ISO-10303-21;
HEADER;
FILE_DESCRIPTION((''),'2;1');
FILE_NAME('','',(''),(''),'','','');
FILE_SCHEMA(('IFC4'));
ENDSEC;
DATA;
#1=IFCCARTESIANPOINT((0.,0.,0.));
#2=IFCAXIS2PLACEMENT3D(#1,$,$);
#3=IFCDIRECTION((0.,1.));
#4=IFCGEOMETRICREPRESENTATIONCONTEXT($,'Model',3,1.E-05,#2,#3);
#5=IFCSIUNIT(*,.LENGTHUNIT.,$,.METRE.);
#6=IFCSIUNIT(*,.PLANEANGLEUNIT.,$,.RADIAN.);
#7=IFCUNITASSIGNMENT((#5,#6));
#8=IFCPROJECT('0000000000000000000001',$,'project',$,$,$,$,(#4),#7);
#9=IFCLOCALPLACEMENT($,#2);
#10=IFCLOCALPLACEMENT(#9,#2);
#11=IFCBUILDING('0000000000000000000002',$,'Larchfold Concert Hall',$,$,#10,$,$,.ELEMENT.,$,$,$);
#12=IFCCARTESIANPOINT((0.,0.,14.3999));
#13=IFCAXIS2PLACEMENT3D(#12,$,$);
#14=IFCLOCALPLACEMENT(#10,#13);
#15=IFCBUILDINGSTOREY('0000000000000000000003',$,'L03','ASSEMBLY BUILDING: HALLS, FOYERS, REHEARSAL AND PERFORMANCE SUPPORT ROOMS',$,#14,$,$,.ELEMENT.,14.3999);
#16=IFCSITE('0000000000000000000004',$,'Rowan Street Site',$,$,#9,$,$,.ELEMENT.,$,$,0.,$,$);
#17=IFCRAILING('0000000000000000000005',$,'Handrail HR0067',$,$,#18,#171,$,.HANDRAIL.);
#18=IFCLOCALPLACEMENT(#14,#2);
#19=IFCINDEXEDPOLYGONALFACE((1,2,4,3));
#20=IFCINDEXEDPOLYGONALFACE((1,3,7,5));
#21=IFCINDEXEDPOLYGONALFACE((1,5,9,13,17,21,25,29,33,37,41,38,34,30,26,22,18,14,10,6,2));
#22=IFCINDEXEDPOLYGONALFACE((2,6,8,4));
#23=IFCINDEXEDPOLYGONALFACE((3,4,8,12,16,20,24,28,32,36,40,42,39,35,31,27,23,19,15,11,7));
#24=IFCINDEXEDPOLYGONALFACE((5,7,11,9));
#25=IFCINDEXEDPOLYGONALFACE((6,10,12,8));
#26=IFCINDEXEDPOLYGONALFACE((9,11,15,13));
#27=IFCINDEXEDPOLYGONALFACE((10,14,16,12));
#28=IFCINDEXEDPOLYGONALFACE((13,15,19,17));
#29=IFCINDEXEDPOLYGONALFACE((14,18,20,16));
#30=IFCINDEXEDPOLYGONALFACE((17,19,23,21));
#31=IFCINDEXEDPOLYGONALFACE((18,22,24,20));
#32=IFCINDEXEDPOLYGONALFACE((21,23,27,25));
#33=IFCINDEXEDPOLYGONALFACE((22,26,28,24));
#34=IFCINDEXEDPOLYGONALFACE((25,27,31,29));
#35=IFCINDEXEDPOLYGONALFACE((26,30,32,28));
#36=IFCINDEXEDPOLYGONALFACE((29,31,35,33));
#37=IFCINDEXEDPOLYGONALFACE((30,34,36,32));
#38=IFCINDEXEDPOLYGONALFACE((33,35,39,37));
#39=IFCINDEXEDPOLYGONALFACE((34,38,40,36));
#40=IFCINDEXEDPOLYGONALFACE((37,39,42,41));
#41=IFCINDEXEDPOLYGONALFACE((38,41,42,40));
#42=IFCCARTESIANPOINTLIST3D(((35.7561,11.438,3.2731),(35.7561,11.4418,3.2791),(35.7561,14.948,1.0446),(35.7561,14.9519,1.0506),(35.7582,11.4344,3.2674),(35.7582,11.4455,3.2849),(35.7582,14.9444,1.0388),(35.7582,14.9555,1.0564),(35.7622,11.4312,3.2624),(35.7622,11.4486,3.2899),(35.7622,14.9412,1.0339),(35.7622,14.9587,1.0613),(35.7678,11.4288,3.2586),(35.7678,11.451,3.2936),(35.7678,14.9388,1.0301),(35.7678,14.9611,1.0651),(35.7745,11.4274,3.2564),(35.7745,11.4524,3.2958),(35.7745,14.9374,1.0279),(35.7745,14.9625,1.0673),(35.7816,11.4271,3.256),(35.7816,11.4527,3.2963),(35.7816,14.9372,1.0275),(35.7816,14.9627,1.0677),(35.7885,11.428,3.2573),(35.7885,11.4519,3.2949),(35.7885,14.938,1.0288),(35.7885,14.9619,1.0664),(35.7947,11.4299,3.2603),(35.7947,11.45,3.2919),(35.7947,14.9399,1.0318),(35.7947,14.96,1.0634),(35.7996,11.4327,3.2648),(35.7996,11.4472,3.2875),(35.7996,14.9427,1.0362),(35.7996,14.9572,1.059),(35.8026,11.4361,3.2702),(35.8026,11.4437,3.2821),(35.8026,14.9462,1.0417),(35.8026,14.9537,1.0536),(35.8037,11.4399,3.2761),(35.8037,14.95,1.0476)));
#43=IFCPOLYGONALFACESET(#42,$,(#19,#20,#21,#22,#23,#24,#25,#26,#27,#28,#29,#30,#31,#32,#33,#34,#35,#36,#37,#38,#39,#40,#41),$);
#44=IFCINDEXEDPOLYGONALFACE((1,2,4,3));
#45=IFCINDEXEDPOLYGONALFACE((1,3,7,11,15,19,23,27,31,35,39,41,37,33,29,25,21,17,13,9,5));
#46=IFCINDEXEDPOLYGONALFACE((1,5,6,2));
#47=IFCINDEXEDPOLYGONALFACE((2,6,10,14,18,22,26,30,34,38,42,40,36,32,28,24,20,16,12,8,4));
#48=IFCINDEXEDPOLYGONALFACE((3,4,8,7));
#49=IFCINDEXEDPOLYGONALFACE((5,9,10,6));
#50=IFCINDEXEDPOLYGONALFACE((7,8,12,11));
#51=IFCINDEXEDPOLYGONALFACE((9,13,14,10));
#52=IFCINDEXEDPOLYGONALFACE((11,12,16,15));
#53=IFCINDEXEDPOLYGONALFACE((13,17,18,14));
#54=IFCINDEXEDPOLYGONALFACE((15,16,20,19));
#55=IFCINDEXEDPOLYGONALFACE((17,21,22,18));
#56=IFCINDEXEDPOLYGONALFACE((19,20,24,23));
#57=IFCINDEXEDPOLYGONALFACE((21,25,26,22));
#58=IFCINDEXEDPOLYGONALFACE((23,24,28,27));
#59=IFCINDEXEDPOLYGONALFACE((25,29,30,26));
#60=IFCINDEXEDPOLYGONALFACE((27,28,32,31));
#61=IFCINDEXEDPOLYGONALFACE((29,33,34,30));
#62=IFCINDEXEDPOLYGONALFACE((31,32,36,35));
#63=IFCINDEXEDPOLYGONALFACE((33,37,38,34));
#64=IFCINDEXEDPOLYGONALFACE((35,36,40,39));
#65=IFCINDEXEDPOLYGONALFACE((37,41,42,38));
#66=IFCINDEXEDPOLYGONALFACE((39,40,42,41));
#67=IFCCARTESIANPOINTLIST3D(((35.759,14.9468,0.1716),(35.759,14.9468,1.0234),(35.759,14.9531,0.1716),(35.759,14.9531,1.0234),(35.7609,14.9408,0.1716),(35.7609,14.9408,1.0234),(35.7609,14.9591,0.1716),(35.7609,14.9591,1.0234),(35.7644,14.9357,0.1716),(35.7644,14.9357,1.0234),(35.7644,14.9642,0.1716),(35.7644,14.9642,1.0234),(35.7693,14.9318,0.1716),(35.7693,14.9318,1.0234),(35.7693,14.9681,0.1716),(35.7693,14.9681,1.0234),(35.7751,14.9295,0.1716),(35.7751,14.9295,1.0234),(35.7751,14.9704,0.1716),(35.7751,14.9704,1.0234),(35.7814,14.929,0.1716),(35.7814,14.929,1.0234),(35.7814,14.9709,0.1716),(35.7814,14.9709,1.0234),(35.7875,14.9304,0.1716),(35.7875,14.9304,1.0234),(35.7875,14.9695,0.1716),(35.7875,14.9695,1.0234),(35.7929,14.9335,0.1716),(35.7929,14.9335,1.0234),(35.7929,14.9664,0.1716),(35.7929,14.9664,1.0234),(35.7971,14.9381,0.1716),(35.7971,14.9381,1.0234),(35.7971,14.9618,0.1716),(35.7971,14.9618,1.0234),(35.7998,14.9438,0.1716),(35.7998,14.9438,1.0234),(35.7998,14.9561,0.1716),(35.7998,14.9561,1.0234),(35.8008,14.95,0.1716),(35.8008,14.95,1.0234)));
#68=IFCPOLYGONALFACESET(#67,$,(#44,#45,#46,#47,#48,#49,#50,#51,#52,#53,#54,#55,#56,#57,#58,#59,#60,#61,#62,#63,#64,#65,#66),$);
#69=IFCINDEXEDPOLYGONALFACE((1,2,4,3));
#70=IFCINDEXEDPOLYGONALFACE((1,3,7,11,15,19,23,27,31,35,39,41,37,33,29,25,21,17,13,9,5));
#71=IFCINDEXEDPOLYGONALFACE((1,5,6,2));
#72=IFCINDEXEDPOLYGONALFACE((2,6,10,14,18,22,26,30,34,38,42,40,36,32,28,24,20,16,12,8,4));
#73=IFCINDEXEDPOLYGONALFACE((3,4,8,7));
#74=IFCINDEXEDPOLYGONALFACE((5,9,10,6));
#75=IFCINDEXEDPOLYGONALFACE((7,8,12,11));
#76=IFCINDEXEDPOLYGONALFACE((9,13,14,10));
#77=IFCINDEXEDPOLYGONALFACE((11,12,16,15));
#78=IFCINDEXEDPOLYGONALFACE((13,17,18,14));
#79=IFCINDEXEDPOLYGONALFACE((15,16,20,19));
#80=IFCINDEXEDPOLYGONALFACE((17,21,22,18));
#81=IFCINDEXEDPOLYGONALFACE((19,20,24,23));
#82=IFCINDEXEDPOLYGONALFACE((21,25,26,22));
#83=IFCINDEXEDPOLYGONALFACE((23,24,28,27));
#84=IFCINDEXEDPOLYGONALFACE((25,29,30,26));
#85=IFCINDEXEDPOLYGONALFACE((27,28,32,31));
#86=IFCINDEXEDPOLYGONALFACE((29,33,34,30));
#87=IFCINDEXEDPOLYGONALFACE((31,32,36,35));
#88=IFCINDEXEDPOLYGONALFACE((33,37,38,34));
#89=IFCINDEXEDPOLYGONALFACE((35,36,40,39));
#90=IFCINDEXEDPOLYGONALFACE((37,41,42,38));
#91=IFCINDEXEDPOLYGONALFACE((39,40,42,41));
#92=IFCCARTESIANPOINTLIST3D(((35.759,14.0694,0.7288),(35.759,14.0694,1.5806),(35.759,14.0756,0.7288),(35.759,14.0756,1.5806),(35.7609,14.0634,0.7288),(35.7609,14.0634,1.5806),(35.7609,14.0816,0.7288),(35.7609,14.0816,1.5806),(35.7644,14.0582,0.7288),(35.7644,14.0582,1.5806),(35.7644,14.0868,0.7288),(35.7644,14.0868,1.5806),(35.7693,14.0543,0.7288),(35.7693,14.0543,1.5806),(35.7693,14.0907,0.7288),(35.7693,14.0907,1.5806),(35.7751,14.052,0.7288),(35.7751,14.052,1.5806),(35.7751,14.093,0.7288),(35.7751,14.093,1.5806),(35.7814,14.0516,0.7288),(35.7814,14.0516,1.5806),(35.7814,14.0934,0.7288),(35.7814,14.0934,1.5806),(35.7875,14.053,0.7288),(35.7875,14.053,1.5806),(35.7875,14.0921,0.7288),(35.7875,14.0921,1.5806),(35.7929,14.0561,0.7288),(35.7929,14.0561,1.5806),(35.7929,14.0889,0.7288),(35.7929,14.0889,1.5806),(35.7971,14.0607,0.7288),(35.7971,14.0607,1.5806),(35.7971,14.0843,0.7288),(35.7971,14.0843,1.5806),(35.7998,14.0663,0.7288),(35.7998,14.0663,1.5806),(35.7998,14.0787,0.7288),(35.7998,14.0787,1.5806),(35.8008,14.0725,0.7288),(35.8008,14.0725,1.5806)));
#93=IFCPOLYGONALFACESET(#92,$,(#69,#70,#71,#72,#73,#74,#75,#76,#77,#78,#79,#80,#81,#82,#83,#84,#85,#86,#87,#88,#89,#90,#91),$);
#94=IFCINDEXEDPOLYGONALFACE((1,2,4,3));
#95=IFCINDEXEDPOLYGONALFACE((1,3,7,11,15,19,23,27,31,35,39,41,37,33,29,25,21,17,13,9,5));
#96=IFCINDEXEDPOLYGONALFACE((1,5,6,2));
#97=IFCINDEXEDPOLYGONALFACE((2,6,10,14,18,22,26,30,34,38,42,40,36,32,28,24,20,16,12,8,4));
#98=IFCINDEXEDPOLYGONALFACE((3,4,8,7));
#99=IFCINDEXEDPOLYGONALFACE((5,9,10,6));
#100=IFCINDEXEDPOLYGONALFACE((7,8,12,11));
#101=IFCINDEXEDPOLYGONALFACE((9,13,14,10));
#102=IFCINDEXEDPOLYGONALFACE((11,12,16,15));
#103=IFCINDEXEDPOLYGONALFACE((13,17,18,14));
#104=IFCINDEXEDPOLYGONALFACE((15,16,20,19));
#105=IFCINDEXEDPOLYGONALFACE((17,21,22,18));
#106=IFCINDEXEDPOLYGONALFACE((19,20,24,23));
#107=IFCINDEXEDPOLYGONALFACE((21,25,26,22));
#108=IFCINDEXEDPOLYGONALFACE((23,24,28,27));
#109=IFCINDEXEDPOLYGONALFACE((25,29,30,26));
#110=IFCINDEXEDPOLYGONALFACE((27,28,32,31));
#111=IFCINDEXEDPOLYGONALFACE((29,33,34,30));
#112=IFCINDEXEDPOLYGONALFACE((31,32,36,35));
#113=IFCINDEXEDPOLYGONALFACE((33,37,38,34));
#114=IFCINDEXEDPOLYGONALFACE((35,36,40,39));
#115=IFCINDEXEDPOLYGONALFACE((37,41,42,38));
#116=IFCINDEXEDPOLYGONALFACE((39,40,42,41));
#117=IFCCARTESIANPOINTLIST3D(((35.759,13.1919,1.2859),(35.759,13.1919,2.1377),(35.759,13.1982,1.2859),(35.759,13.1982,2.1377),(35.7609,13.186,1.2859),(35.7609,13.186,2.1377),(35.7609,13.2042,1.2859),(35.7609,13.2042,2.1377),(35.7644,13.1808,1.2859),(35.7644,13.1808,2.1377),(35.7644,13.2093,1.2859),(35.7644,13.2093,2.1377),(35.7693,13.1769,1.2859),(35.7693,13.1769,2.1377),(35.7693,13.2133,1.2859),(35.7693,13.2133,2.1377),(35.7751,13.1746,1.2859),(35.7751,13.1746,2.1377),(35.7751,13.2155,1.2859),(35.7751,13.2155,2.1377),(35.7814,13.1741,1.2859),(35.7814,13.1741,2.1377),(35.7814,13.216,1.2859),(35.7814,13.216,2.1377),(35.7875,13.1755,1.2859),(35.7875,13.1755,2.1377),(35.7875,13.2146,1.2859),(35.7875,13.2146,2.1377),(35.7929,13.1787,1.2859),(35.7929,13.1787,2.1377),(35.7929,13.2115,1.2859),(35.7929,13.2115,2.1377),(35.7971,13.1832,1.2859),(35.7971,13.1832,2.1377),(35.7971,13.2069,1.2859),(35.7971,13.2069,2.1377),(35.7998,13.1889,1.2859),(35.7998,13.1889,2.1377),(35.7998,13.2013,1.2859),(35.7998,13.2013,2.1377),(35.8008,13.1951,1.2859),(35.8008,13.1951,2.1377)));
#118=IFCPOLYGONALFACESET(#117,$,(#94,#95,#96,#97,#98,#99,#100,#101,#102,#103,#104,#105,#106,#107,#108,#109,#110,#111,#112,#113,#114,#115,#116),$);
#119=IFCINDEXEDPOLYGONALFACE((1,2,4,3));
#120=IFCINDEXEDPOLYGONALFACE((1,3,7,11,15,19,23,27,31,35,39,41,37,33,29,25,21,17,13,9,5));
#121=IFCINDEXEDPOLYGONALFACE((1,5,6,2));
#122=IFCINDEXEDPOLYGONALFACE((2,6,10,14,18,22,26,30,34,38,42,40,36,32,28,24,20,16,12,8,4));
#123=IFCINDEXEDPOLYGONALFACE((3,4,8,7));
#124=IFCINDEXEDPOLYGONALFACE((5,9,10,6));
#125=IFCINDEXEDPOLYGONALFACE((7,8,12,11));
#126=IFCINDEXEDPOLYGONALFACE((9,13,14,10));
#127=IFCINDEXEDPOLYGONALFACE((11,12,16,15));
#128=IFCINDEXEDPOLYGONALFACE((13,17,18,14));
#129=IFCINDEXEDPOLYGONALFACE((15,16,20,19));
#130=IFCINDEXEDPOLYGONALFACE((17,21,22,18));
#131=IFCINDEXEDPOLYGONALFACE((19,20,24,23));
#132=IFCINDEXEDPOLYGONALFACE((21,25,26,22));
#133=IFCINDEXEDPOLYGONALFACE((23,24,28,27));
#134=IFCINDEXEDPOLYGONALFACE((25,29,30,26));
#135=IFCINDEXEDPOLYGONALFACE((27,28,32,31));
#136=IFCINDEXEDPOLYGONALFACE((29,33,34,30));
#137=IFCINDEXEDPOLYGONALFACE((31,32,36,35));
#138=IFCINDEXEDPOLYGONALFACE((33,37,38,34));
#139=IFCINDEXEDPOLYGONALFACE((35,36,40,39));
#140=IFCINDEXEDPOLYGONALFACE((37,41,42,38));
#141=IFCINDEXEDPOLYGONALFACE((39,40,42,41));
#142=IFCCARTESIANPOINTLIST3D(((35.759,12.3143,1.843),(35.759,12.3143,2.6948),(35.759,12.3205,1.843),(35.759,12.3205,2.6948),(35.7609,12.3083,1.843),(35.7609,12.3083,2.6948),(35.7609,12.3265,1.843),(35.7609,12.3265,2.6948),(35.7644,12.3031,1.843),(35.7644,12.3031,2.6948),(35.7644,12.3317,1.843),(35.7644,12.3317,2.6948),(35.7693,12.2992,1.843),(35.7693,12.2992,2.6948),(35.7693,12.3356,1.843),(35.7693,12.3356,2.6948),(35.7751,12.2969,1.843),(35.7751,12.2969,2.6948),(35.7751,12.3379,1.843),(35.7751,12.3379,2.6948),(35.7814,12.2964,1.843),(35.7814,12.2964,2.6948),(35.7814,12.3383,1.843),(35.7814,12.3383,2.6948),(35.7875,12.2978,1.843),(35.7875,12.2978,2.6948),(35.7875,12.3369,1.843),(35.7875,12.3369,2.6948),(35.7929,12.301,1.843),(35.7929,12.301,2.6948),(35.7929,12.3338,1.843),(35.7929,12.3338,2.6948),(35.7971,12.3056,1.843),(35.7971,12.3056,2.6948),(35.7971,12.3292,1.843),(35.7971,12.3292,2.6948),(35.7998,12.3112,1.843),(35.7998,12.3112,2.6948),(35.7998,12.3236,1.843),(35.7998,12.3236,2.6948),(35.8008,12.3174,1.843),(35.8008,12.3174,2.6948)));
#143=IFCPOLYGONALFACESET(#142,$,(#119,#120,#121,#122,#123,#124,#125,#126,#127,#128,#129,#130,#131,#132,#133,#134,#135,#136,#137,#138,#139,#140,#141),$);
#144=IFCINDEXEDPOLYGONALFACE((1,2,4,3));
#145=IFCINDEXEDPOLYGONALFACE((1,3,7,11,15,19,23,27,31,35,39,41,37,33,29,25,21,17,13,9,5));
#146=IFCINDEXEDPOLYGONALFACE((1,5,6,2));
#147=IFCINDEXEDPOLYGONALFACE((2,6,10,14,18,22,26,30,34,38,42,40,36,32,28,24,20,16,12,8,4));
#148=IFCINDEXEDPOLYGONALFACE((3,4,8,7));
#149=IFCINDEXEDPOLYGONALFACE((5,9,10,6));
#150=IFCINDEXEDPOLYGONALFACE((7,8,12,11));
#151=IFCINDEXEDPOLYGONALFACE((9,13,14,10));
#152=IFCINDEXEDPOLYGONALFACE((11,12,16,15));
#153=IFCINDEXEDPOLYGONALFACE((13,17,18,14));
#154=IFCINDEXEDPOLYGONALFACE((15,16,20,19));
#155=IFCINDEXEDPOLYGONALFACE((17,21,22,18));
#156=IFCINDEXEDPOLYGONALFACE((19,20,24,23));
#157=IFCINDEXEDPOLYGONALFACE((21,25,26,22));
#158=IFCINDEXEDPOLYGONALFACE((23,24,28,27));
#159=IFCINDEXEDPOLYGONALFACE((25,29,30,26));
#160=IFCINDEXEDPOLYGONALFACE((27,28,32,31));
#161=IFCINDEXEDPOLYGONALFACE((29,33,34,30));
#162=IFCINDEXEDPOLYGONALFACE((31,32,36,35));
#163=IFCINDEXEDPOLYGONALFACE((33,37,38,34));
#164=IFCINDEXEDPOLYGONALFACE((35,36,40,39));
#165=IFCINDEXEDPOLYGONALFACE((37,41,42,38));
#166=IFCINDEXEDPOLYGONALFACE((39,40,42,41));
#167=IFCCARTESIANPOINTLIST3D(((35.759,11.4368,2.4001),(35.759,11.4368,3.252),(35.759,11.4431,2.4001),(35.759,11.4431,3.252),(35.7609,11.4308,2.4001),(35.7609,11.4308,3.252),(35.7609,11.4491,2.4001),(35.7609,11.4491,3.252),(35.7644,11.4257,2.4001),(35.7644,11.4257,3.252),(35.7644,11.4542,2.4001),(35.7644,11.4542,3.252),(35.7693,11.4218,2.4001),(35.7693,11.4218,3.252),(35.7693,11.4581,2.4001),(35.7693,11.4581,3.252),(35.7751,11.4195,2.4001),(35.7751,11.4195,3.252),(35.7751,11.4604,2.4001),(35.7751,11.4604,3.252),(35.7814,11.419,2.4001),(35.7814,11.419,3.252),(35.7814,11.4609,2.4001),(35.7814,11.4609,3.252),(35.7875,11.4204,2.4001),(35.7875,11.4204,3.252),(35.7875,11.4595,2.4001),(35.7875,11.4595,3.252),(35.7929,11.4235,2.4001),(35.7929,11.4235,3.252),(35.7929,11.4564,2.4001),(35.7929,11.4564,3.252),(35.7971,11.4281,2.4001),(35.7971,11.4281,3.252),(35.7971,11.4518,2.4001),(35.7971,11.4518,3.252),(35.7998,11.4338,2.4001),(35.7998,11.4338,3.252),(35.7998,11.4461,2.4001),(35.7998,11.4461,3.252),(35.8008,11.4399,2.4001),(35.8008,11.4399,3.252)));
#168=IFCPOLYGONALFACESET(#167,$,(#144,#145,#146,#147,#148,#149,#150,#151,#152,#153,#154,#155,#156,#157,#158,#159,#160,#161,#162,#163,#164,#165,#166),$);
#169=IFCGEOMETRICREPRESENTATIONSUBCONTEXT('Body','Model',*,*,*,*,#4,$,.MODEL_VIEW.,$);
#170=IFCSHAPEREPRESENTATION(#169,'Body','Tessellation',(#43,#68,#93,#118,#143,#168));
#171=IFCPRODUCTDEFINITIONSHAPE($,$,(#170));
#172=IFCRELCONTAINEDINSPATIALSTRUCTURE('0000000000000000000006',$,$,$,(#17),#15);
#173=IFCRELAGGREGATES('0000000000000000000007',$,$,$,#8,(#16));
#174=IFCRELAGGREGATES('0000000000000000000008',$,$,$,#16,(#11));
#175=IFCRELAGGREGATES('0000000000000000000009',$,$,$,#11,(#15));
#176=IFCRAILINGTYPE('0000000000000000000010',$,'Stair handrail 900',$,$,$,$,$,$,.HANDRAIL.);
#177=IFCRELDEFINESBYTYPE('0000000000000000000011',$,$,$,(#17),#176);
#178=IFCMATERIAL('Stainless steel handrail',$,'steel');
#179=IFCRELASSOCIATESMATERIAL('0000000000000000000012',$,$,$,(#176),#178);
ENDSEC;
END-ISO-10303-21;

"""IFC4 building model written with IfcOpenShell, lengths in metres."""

from ifc_helpers import new_model, si_unit, direction, frame, origin, origin_2d, place, context, subcontext, project, spatial, circle, extrude, material, type_object, element, save


model = new_model("IFC4")

# Units and contexts
model_context = context("Model", 3, precision=1e-05, world=origin(), true_north=direction((0.0, 1.0)))
body_context = subcontext(model_context, "Body", "Model", "MODEL_VIEW")
ifc_project = project(units=[si_unit("LENGTHUNIT", "METRE"), si_unit("PLANEANGLEUNIT", "RADIAN")], contexts=[model_context])

# Site, building, storey
site_placement = place(None, origin())
site = spatial("IfcSite", under=ifc_project, at=site_placement, Name="Rowan Street Site", CompositionType="ELEMENT", RefElevation=0.0)
building_placement = place(site_placement, origin())
building = spatial("IfcBuilding", under=site, at=building_placement, Name="Larchfold Concert Hall", CompositionType="ELEMENT")
storey_placement = place(building_placement, frame((0.0, 0.0, 14.3999)))
storey = spatial("IfcBuildingStorey", under=building, at=storey_placement, Name="L03", Description="ASSEMBLY BUILDING: HALLS, FOYERS, REHEARSAL AND PERFORMANCE SUPPORT ROOMS", CompositionType="ELEMENT", Elevation=14.3999)

# Railing
ifc_material_1 = material(Name="Stainless steel handrail", Category="steel")
railing_type_1 = type_object("IfcRailingType", Name="Stair handrail 900", PredefinedType="HANDRAIL", material=ifc_material_1)
railing_1_placement = place(storey_placement, frame((35.7798, 14.95, 0.1716)))
element("IfcRailing", 1, at=railing_1_placement, inside=storey, type_object=railing_type_1, Name="Handrail HR0067", PredefinedType="HANDRAIL", context=body_context, shape_type="SweptSolid", body=[
    extrude(circle(Radius=0.0239, at=origin_2d()), frame((0.0, 0.0, 0.876), z_axis=(0.0, -0.84422, 0.535998), x_axis=(1.0, 0.0, 0.0)), (0.0, 0.0, 1.0), 4.1577),
    extrude(circle(Radius=0.021, at=origin_2d()), origin(), (0.0, 0.0, 1.0), 0.8518),
    extrude(circle(Radius=0.021, at=origin_2d()), frame((0.0, -0.8774, 0.5571)), (0.0, 0.0, 1.0), 0.8518),
    extrude(circle(Radius=0.021, at=origin_2d()), frame((0.0, -1.7549, 1.1143)), (0.0, 0.0, 1.0), 0.8518),
    extrude(circle(Radius=0.021, at=origin_2d()), frame((0.0, -2.6326, 1.6714)), (0.0, 0.0, 1.0), 0.8518),
    extrude(circle(Radius=0.021, at=origin_2d()), frame((0.0, -3.51, 2.2285)), (0.0, 0.0, 1.0), 0.8518),
])

save(model, "model.ifc")
